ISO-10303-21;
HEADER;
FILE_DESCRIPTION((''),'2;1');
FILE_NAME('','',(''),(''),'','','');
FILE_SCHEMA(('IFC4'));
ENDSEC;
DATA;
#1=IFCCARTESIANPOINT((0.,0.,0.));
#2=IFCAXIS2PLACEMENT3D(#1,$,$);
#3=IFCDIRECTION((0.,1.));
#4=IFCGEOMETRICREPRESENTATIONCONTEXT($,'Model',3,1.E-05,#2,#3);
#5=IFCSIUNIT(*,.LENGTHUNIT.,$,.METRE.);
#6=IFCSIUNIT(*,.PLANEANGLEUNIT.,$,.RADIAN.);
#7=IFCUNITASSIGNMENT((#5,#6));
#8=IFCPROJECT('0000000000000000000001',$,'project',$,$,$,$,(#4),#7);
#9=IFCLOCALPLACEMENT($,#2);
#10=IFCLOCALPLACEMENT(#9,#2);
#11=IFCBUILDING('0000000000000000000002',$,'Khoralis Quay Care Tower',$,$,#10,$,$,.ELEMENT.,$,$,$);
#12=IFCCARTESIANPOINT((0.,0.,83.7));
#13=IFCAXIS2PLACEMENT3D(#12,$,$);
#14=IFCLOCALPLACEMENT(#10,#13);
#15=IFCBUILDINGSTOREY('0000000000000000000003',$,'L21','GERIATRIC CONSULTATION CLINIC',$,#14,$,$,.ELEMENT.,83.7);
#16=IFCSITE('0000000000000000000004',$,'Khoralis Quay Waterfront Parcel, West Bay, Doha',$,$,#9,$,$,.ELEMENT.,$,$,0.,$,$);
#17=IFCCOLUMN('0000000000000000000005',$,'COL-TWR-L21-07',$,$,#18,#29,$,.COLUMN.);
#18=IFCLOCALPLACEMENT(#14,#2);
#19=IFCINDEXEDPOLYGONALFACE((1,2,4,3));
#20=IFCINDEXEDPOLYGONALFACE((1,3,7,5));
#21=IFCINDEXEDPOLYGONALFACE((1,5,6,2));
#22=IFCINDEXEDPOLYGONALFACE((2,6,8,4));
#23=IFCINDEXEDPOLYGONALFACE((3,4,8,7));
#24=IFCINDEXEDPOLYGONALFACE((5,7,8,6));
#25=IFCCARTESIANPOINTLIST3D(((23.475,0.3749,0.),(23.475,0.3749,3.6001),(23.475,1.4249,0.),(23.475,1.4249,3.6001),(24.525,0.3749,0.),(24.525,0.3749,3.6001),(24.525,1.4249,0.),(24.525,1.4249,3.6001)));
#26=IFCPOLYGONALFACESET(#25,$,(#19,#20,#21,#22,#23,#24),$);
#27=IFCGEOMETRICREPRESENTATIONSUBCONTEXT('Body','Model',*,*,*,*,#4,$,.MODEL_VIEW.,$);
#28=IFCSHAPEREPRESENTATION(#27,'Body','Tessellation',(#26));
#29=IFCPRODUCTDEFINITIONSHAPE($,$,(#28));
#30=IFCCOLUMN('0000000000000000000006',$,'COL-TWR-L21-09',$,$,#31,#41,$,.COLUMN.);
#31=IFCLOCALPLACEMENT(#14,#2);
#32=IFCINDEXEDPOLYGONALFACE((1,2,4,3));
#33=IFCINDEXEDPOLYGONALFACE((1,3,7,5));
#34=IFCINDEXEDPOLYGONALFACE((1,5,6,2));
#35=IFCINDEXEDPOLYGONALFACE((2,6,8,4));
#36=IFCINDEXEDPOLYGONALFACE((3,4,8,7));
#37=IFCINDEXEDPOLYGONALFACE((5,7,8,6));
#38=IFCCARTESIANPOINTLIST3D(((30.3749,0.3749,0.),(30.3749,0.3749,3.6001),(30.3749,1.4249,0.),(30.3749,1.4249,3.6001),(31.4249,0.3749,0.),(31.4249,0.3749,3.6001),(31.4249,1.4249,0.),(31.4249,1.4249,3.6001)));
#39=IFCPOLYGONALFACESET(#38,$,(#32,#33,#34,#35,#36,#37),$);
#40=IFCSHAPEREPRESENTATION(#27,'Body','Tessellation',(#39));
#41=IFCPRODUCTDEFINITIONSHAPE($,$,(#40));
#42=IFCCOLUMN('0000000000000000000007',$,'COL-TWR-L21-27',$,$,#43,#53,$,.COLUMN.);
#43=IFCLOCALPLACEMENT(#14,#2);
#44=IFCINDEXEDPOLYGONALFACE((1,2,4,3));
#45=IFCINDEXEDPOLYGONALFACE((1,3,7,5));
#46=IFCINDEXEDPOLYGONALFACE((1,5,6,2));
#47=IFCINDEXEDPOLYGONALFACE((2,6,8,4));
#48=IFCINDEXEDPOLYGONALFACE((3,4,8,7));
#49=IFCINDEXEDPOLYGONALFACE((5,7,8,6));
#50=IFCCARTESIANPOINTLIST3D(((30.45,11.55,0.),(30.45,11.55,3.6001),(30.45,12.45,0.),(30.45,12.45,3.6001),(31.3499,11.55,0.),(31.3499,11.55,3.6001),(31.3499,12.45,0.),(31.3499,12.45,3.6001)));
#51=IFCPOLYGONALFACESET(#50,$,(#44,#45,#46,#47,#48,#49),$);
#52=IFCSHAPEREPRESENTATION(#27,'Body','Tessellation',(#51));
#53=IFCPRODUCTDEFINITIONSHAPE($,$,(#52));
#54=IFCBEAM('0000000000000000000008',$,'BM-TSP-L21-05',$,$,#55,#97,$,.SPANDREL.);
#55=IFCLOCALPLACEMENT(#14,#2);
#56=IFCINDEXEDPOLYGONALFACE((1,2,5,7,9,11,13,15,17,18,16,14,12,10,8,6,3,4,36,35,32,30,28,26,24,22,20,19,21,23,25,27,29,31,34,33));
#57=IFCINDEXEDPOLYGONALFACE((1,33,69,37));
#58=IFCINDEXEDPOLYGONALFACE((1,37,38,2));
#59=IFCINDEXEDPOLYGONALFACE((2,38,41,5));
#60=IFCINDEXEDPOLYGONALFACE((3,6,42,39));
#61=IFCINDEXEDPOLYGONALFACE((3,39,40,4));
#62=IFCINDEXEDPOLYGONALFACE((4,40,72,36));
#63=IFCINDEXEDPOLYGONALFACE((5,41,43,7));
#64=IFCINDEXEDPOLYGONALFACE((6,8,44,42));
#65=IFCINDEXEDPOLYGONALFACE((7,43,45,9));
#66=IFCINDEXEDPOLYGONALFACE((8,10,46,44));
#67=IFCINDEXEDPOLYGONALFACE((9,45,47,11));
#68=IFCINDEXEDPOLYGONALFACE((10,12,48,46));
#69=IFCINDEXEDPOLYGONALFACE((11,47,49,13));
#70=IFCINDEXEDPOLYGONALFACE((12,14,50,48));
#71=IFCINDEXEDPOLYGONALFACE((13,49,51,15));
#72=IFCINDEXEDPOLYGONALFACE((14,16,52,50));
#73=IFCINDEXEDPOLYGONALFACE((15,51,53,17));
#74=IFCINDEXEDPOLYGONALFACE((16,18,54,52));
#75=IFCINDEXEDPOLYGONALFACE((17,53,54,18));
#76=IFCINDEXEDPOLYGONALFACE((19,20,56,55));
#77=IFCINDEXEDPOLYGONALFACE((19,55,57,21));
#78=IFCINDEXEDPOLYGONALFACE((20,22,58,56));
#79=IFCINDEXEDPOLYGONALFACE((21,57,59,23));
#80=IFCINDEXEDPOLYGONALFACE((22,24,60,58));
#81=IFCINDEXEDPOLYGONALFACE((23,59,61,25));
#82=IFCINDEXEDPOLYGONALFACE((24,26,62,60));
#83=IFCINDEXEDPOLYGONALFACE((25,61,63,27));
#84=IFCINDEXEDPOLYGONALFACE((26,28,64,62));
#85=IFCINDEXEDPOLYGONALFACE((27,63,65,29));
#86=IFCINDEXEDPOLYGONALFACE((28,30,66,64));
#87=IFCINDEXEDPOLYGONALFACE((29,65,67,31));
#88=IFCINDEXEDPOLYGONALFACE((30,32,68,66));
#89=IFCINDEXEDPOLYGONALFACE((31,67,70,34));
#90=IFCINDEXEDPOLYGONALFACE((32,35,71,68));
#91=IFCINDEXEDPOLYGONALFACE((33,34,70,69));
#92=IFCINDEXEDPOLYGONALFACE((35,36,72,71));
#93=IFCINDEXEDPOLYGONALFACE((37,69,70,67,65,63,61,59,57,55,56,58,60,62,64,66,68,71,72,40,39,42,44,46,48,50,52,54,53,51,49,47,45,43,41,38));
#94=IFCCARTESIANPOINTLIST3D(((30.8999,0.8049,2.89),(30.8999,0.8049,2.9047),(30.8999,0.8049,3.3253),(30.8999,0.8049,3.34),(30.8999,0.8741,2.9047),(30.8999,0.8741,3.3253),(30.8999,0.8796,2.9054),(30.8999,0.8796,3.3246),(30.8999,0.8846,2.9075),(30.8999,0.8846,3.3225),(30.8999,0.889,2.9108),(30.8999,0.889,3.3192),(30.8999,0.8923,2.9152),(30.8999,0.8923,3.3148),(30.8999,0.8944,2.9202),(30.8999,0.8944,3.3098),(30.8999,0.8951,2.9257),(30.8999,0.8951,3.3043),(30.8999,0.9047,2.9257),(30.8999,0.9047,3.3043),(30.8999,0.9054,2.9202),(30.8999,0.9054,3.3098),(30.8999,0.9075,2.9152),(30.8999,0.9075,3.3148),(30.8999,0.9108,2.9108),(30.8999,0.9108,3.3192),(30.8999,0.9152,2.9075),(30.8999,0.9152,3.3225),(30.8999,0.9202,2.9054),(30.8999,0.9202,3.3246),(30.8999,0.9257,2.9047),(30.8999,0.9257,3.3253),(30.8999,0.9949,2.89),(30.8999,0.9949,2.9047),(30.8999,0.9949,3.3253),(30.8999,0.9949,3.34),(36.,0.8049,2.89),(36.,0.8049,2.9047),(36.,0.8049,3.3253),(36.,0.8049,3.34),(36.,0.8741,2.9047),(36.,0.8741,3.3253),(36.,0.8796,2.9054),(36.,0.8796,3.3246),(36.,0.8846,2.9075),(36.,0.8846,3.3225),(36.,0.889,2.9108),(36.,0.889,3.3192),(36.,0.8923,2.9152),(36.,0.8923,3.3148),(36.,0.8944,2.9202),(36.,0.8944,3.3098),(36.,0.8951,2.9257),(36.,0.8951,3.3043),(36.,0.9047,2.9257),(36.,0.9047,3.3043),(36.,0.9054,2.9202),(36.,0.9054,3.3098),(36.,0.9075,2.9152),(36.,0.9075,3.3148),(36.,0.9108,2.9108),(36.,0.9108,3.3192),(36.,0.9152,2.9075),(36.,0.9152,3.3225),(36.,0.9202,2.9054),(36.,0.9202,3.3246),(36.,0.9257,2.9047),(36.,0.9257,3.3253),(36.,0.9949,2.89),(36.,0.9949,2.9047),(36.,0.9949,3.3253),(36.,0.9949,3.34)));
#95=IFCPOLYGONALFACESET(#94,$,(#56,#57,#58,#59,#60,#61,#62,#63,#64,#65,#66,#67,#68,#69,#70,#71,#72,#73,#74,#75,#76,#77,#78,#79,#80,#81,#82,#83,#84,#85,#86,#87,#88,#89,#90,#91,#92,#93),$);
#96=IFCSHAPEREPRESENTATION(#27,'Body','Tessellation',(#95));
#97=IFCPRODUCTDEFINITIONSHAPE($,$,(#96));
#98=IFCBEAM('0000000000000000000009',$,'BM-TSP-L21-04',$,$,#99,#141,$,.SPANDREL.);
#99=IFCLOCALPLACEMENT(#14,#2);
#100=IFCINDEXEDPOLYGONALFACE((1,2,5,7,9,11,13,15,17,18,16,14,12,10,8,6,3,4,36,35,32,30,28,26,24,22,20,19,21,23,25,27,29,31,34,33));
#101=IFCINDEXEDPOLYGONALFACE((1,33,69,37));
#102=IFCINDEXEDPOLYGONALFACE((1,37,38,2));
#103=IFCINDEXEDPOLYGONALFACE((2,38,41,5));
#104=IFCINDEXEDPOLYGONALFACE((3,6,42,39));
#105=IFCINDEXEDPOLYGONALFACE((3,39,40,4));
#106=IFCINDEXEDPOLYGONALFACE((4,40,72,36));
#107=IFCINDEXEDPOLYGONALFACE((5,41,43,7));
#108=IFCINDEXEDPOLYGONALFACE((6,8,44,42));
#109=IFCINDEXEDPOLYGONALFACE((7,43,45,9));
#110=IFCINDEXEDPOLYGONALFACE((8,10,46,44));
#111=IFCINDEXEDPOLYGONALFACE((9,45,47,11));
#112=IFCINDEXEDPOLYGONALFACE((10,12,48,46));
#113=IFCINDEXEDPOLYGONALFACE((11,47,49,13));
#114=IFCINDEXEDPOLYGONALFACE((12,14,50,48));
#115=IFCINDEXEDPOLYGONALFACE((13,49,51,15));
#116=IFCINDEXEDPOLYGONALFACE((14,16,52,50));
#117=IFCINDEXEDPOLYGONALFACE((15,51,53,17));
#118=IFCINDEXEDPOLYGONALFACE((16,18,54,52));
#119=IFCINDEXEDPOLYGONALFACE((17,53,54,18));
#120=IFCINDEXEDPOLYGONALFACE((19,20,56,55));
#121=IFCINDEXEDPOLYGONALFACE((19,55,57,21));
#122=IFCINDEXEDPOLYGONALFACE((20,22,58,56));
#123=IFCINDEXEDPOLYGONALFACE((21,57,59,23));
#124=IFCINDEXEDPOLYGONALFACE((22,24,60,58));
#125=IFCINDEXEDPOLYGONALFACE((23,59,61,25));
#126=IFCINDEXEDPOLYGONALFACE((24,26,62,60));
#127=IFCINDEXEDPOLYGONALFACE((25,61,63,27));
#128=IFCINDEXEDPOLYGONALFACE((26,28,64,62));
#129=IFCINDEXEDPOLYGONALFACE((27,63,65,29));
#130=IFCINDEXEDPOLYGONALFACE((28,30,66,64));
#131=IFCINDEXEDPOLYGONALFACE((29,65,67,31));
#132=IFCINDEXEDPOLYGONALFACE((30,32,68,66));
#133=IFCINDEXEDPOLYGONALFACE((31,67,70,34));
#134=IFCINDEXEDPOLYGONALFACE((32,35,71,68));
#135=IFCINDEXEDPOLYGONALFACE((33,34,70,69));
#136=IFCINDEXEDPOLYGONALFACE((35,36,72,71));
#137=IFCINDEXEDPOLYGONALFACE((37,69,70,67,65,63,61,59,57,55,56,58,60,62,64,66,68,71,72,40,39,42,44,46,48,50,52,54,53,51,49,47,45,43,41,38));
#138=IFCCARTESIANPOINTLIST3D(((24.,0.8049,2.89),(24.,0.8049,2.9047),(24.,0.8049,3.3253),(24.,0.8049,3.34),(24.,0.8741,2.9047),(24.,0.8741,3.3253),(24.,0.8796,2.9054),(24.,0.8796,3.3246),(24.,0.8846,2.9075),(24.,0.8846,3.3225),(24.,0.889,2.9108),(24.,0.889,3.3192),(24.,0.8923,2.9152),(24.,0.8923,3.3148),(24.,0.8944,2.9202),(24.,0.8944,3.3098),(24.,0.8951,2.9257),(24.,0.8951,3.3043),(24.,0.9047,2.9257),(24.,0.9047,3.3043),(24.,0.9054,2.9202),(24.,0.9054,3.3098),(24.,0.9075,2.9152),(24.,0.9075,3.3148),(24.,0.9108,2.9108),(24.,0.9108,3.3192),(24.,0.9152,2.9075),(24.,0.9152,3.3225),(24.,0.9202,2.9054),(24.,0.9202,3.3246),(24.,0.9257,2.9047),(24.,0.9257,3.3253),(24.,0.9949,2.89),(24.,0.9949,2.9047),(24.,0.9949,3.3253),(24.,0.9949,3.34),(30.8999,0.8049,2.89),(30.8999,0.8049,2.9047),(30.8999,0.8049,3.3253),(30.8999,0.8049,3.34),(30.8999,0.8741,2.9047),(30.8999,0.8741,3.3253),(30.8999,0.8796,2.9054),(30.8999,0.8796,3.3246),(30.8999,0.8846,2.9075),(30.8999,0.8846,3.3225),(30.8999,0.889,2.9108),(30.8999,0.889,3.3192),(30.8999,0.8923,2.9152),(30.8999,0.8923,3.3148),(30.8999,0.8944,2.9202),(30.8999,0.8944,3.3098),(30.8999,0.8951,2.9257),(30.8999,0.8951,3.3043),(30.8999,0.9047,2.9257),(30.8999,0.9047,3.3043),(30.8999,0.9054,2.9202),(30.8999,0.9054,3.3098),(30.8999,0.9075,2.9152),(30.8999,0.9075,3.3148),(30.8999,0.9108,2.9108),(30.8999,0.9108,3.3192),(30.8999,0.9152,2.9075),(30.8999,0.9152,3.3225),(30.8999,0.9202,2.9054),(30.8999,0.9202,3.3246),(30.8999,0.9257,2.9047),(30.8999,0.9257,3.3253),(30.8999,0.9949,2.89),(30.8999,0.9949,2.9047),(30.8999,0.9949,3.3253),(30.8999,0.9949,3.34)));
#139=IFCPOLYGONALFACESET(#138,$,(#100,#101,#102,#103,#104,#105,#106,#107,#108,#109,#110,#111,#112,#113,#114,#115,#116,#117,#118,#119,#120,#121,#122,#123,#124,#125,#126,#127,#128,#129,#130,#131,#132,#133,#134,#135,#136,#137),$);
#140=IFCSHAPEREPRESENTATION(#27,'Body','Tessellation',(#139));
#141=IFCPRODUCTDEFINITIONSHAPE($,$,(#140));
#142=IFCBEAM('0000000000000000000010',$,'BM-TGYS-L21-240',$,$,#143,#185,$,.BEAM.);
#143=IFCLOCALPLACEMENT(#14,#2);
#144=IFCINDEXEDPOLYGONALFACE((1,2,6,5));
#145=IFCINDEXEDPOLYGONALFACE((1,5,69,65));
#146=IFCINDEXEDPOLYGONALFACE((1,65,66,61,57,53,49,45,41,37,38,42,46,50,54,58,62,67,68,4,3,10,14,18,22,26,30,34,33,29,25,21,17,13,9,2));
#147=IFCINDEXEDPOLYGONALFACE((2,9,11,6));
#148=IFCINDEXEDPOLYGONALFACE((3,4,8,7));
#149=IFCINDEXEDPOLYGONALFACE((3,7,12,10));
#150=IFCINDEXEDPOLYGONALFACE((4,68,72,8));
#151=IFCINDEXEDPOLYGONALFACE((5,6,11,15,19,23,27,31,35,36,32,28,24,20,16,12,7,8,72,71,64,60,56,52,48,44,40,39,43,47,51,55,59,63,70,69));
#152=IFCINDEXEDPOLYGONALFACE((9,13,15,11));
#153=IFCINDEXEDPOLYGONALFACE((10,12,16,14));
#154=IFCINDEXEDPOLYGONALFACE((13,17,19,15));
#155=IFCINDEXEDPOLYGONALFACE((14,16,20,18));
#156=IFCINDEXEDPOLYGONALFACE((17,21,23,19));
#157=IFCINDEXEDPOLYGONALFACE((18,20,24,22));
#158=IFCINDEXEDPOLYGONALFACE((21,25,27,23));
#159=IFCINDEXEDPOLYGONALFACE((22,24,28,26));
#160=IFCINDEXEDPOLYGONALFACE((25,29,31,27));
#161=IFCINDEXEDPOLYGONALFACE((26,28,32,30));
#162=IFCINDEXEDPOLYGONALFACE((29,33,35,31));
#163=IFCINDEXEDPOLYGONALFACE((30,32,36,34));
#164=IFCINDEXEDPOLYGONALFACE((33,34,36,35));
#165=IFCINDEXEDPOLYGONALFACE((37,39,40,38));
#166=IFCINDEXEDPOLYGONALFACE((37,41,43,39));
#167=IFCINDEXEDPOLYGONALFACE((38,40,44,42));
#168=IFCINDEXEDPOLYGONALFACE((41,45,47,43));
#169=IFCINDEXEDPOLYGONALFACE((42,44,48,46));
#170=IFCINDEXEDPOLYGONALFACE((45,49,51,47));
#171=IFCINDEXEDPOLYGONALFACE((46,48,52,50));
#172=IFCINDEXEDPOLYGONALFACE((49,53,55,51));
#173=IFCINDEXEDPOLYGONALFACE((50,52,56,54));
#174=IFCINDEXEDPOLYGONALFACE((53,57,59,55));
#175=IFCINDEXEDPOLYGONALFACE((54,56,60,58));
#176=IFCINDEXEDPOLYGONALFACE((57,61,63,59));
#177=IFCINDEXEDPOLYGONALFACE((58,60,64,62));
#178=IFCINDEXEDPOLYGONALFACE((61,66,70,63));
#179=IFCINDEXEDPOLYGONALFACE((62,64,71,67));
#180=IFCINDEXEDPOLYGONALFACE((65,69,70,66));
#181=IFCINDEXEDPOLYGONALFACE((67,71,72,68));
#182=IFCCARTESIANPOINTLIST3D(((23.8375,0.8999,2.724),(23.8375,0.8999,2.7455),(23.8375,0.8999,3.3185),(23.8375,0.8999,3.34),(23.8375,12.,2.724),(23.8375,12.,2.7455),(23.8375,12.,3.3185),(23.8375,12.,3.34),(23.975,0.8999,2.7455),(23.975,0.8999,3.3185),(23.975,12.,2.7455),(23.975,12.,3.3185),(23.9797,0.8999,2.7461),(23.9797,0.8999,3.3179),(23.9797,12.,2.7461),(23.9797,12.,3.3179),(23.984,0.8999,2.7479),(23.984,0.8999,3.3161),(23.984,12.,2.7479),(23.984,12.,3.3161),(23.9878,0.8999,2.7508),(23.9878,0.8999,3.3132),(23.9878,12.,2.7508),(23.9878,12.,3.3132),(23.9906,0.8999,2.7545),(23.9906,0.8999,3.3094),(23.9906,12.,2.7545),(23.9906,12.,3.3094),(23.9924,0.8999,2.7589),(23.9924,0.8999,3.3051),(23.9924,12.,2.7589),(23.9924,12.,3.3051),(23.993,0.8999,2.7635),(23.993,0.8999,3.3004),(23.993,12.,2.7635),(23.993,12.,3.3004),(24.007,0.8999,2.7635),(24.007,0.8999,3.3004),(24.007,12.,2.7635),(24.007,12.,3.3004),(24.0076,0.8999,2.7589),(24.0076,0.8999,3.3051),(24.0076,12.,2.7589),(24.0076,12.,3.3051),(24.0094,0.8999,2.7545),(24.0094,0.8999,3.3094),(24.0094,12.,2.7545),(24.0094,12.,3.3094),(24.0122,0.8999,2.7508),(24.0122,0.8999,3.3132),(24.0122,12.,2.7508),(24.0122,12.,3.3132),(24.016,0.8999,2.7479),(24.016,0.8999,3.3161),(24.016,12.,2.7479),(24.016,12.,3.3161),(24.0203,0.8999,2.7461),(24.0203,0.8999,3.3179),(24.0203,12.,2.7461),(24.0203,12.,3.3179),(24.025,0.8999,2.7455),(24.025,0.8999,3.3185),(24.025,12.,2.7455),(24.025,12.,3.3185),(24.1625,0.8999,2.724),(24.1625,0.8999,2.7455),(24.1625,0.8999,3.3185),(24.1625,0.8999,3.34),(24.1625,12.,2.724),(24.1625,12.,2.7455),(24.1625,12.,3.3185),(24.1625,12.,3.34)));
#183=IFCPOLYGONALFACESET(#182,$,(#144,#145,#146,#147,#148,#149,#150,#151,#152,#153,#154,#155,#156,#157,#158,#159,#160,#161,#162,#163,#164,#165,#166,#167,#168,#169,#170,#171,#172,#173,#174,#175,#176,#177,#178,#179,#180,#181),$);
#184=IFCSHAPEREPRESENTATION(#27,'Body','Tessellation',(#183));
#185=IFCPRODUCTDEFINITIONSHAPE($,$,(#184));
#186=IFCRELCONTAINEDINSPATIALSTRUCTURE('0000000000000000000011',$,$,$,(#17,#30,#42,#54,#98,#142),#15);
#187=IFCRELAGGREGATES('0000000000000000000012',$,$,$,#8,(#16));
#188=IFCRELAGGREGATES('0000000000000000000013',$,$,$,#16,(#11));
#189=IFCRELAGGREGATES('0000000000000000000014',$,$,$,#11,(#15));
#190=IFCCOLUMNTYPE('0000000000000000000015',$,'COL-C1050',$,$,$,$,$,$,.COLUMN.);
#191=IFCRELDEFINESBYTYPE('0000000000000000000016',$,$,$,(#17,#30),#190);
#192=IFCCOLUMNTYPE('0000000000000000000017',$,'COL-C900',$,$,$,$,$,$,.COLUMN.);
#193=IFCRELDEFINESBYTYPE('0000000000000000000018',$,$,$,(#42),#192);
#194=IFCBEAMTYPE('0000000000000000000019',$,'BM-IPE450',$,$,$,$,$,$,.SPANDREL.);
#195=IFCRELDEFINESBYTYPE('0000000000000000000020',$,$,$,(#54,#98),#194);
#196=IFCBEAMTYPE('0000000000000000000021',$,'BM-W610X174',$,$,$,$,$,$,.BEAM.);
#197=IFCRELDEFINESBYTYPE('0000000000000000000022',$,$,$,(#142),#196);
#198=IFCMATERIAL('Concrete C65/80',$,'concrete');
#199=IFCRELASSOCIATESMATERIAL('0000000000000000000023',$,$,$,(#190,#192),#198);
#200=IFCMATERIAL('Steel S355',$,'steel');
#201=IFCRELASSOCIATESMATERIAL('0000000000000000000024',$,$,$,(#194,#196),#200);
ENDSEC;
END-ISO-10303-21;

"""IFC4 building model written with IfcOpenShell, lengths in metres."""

from ifc_helpers import new_model, si_unit, direction, frame, origin, origin_2d, place, context, subcontext, project, spatial, rectangle, i_section, extrude, source, transform, mapped, material, material_profile, profile_set, type_object, element, save


model = new_model("IFC4")

# Units and contexts
model_context = context("Model", 3, precision=1e-05, world=origin(), true_north=direction((0.0, 1.0)))
body_context = subcontext(model_context, "Body", "Model", "MODEL_VIEW")
ifc_project = project(units=[si_unit("LENGTHUNIT", "METRE"), si_unit("PLANEANGLEUNIT", "RADIAN")], contexts=[model_context])

# Site, building, storey
site_placement = place(None, origin())
site = spatial("IfcSite", under=ifc_project, at=site_placement, Name="Khoralis Quay Waterfront Parcel, West Bay, Doha", CompositionType="ELEMENT", RefElevation=0.0)
building_placement = place(site_placement, origin())
building = spatial("IfcBuilding", under=site, at=building_placement, Name="Khoralis Quay Care Tower", CompositionType="ELEMENT")
storey_placement = place(building_placement, frame((0.0, 0.0, 83.7)))
storey = spatial("IfcBuildingStorey", under=building, at=storey_placement, Name="L21", Description="GERIATRIC CONSULTATION CLINIC", CompositionType="ELEMENT", Elevation=83.7)

# Columns
ifc_material_1 = material(Name="Concrete C65/80", Category="concrete")
ifc_material_profile_1 = material_profile(ifc_material_1, rectangle(XDim=1.05, YDim=1.05, at=origin_2d()), Name="Concrete C65/80")
ifc_profile_set_1 = profile_set([ifc_material_profile_1], Name="Concrete C65/80")
column_type_1 = type_object("IfcColumnType", Name="COL-C1050", PredefinedType="COLUMN", material=ifc_profile_set_1)
shared_shape_1 = source(origin(), body_context, "Body", "SweptSolid", [
    extrude(rectangle(XDim=1.05, YDim=1.05, at=origin_2d()), origin(), (0.0, 0.0, 1.0), 3.6001),
])
for number, where, z_axis, x_axis, name in (
    (1, (24.0, 0.8999, 0.0), (0.0, 0.0, 1.0), (1.0, 0.0, 0.0), "COL-TWR-L21-07"),
    (2, (30.8999, 0.8999, 0.0), (0.0, 0.0, 1.0), (1.0, 0.0, 0.0), "COL-TWR-L21-09"),
):
    element("IfcColumn", number, at=place(storey_placement, frame(where, z_axis=z_axis, x_axis=x_axis)), inside=storey, type_object=column_type_1, Name=name, PredefinedType="COLUMN", context=body_context, shape_type="MappedRepresentation", body=[
        mapped(shared_shape_1, transform((0.0, 0.0, 0.0), scale=1.0)),
    ])
ifc_material_profile_2 = material_profile(ifc_material_1, rectangle(XDim=0.8999, YDim=0.8999, at=origin_2d()), Name="Concrete C65/80")
ifc_profile_set_2 = profile_set([ifc_material_profile_2], Name="Concrete C65/80")
column_type_2 = type_object("IfcColumnType", Name="COL-C900", PredefinedType="COLUMN", material=ifc_profile_set_2)
shared_shape_2 = source(origin(), body_context, "Body", "SweptSolid", [
    extrude(rectangle(XDim=0.8999, YDim=0.8999, at=origin_2d()), origin(), (0.0, 0.0, 1.0), 3.6001),
])
column_placement = place(storey_placement, frame((30.8999, 12.0, 0.0), z_axis=(0.0, 0.0, 1.0), x_axis=(1.0, 0.0, 0.0)))
element("IfcColumn", 3, at=column_placement, inside=storey, type_object=column_type_2, Name="COL-TWR-L21-27", PredefinedType="COLUMN", context=body_context, shape_type="MappedRepresentation", body=[
    mapped(shared_shape_2, transform((0.0, 0.0, 0.0), scale=1.0)),
])

# Beams
ifc_material_2 = material(Name="Steel S355", Category="steel")
ifc_material_profile_3 = material_profile(ifc_material_2, i_section(OverallWidth=0.1899, OverallDepth=0.45, WebThickness=0.0095, FlangeThickness=0.0146, FilletRadius=0.021, at=origin_2d()), Name="Steel S355")
ifc_profile_set_3 = profile_set([ifc_material_profile_3], Name="Steel S355")
beam_type_1 = type_object("IfcBeamType", Name="BM-IPE450", PredefinedType="SPANDREL", material=ifc_profile_set_3)
shared_shape_3 = source(origin(), body_context, "Body", "SweptSolid", [
    extrude(i_section(OverallWidth=0.1899, OverallDepth=0.45, WebThickness=0.0095, FlangeThickness=0.0146, FilletRadius=0.021, at=origin_2d()), origin(), (0.0, 0.0, 1.0), 5.1001),
])
beam_1_placement = place(storey_placement, frame((30.8999, 0.8999, 3.115), z_axis=(1.0, 0.0, 0.0), x_axis=(0.0, 1.0, 0.0)))
element("IfcBeam", 4, at=beam_1_placement, inside=storey, type_object=beam_type_1, Name="BM-TSP-L21-05", PredefinedType="SPANDREL", context=body_context, shape_type="MappedRepresentation", body=[
    mapped(shared_shape_3, transform((0.0, 0.0, 0.0), scale=1.0)),
])
shared_shape_4 = source(origin(), body_context, "Body", "SweptSolid", [
    extrude(i_section(OverallWidth=0.1899, OverallDepth=0.45, WebThickness=0.0095, FlangeThickness=0.0146, FilletRadius=0.021, at=origin_2d()), origin(), (0.0, 0.0, 1.0), 6.8999),
])
beam_2_placement = place(storey_placement, frame((24.0, 0.8999, 3.115), z_axis=(1.0, 0.0, 0.0), x_axis=(0.0, 1.0, 0.0)))
element("IfcBeam", 5, at=beam_2_placement, inside=storey, type_object=beam_type_1, Name="BM-TSP-L21-04", PredefinedType="SPANDREL", context=body_context, shape_type="MappedRepresentation", body=[
    mapped(shared_shape_4, transform((0.0, 0.0, 0.0), scale=1.0)),
])
ifc_material_profile_4 = material_profile(ifc_material_2, i_section(OverallWidth=0.325, OverallDepth=0.616, WebThickness=0.0139, FlangeThickness=0.0215, FilletRadius=0.0181, at=origin_2d()), Name="Steel S355")
ifc_profile_set_4 = profile_set([ifc_material_profile_4], Name="Steel S355")
beam_type_2 = type_object("IfcBeamType", Name="BM-W610X174", PredefinedType="BEAM", material=ifc_profile_set_4)
shared_shape_5 = source(origin(), body_context, "Body", "SweptSolid", [
    extrude(i_section(OverallWidth=0.325, OverallDepth=0.616, WebThickness=0.0139, FlangeThickness=0.0215, FilletRadius=0.0181, at=origin_2d()), origin(), (0.0, 0.0, 1.0), 11.1001),
])
for number, where, z_axis, x_axis, name in (
    (6, (24.0, 0.8999, 3.032), (0.0, 1.0, 0.0), (-1.0, 0.0, 0.0), "BM-TGYS-L21-240"),
):
    element("IfcBeam", number, at=place(storey_placement, frame(where, z_axis=z_axis, x_axis=x_axis)), inside=storey, type_object=beam_type_2, Name=name, PredefinedType="BEAM", context=body_context, shape_type="MappedRepresentation", body=[
        mapped(shared_shape_5, transform((0.0, 0.0, 0.0), scale=1.0)),
    ])

save(model, "model.ifc")
